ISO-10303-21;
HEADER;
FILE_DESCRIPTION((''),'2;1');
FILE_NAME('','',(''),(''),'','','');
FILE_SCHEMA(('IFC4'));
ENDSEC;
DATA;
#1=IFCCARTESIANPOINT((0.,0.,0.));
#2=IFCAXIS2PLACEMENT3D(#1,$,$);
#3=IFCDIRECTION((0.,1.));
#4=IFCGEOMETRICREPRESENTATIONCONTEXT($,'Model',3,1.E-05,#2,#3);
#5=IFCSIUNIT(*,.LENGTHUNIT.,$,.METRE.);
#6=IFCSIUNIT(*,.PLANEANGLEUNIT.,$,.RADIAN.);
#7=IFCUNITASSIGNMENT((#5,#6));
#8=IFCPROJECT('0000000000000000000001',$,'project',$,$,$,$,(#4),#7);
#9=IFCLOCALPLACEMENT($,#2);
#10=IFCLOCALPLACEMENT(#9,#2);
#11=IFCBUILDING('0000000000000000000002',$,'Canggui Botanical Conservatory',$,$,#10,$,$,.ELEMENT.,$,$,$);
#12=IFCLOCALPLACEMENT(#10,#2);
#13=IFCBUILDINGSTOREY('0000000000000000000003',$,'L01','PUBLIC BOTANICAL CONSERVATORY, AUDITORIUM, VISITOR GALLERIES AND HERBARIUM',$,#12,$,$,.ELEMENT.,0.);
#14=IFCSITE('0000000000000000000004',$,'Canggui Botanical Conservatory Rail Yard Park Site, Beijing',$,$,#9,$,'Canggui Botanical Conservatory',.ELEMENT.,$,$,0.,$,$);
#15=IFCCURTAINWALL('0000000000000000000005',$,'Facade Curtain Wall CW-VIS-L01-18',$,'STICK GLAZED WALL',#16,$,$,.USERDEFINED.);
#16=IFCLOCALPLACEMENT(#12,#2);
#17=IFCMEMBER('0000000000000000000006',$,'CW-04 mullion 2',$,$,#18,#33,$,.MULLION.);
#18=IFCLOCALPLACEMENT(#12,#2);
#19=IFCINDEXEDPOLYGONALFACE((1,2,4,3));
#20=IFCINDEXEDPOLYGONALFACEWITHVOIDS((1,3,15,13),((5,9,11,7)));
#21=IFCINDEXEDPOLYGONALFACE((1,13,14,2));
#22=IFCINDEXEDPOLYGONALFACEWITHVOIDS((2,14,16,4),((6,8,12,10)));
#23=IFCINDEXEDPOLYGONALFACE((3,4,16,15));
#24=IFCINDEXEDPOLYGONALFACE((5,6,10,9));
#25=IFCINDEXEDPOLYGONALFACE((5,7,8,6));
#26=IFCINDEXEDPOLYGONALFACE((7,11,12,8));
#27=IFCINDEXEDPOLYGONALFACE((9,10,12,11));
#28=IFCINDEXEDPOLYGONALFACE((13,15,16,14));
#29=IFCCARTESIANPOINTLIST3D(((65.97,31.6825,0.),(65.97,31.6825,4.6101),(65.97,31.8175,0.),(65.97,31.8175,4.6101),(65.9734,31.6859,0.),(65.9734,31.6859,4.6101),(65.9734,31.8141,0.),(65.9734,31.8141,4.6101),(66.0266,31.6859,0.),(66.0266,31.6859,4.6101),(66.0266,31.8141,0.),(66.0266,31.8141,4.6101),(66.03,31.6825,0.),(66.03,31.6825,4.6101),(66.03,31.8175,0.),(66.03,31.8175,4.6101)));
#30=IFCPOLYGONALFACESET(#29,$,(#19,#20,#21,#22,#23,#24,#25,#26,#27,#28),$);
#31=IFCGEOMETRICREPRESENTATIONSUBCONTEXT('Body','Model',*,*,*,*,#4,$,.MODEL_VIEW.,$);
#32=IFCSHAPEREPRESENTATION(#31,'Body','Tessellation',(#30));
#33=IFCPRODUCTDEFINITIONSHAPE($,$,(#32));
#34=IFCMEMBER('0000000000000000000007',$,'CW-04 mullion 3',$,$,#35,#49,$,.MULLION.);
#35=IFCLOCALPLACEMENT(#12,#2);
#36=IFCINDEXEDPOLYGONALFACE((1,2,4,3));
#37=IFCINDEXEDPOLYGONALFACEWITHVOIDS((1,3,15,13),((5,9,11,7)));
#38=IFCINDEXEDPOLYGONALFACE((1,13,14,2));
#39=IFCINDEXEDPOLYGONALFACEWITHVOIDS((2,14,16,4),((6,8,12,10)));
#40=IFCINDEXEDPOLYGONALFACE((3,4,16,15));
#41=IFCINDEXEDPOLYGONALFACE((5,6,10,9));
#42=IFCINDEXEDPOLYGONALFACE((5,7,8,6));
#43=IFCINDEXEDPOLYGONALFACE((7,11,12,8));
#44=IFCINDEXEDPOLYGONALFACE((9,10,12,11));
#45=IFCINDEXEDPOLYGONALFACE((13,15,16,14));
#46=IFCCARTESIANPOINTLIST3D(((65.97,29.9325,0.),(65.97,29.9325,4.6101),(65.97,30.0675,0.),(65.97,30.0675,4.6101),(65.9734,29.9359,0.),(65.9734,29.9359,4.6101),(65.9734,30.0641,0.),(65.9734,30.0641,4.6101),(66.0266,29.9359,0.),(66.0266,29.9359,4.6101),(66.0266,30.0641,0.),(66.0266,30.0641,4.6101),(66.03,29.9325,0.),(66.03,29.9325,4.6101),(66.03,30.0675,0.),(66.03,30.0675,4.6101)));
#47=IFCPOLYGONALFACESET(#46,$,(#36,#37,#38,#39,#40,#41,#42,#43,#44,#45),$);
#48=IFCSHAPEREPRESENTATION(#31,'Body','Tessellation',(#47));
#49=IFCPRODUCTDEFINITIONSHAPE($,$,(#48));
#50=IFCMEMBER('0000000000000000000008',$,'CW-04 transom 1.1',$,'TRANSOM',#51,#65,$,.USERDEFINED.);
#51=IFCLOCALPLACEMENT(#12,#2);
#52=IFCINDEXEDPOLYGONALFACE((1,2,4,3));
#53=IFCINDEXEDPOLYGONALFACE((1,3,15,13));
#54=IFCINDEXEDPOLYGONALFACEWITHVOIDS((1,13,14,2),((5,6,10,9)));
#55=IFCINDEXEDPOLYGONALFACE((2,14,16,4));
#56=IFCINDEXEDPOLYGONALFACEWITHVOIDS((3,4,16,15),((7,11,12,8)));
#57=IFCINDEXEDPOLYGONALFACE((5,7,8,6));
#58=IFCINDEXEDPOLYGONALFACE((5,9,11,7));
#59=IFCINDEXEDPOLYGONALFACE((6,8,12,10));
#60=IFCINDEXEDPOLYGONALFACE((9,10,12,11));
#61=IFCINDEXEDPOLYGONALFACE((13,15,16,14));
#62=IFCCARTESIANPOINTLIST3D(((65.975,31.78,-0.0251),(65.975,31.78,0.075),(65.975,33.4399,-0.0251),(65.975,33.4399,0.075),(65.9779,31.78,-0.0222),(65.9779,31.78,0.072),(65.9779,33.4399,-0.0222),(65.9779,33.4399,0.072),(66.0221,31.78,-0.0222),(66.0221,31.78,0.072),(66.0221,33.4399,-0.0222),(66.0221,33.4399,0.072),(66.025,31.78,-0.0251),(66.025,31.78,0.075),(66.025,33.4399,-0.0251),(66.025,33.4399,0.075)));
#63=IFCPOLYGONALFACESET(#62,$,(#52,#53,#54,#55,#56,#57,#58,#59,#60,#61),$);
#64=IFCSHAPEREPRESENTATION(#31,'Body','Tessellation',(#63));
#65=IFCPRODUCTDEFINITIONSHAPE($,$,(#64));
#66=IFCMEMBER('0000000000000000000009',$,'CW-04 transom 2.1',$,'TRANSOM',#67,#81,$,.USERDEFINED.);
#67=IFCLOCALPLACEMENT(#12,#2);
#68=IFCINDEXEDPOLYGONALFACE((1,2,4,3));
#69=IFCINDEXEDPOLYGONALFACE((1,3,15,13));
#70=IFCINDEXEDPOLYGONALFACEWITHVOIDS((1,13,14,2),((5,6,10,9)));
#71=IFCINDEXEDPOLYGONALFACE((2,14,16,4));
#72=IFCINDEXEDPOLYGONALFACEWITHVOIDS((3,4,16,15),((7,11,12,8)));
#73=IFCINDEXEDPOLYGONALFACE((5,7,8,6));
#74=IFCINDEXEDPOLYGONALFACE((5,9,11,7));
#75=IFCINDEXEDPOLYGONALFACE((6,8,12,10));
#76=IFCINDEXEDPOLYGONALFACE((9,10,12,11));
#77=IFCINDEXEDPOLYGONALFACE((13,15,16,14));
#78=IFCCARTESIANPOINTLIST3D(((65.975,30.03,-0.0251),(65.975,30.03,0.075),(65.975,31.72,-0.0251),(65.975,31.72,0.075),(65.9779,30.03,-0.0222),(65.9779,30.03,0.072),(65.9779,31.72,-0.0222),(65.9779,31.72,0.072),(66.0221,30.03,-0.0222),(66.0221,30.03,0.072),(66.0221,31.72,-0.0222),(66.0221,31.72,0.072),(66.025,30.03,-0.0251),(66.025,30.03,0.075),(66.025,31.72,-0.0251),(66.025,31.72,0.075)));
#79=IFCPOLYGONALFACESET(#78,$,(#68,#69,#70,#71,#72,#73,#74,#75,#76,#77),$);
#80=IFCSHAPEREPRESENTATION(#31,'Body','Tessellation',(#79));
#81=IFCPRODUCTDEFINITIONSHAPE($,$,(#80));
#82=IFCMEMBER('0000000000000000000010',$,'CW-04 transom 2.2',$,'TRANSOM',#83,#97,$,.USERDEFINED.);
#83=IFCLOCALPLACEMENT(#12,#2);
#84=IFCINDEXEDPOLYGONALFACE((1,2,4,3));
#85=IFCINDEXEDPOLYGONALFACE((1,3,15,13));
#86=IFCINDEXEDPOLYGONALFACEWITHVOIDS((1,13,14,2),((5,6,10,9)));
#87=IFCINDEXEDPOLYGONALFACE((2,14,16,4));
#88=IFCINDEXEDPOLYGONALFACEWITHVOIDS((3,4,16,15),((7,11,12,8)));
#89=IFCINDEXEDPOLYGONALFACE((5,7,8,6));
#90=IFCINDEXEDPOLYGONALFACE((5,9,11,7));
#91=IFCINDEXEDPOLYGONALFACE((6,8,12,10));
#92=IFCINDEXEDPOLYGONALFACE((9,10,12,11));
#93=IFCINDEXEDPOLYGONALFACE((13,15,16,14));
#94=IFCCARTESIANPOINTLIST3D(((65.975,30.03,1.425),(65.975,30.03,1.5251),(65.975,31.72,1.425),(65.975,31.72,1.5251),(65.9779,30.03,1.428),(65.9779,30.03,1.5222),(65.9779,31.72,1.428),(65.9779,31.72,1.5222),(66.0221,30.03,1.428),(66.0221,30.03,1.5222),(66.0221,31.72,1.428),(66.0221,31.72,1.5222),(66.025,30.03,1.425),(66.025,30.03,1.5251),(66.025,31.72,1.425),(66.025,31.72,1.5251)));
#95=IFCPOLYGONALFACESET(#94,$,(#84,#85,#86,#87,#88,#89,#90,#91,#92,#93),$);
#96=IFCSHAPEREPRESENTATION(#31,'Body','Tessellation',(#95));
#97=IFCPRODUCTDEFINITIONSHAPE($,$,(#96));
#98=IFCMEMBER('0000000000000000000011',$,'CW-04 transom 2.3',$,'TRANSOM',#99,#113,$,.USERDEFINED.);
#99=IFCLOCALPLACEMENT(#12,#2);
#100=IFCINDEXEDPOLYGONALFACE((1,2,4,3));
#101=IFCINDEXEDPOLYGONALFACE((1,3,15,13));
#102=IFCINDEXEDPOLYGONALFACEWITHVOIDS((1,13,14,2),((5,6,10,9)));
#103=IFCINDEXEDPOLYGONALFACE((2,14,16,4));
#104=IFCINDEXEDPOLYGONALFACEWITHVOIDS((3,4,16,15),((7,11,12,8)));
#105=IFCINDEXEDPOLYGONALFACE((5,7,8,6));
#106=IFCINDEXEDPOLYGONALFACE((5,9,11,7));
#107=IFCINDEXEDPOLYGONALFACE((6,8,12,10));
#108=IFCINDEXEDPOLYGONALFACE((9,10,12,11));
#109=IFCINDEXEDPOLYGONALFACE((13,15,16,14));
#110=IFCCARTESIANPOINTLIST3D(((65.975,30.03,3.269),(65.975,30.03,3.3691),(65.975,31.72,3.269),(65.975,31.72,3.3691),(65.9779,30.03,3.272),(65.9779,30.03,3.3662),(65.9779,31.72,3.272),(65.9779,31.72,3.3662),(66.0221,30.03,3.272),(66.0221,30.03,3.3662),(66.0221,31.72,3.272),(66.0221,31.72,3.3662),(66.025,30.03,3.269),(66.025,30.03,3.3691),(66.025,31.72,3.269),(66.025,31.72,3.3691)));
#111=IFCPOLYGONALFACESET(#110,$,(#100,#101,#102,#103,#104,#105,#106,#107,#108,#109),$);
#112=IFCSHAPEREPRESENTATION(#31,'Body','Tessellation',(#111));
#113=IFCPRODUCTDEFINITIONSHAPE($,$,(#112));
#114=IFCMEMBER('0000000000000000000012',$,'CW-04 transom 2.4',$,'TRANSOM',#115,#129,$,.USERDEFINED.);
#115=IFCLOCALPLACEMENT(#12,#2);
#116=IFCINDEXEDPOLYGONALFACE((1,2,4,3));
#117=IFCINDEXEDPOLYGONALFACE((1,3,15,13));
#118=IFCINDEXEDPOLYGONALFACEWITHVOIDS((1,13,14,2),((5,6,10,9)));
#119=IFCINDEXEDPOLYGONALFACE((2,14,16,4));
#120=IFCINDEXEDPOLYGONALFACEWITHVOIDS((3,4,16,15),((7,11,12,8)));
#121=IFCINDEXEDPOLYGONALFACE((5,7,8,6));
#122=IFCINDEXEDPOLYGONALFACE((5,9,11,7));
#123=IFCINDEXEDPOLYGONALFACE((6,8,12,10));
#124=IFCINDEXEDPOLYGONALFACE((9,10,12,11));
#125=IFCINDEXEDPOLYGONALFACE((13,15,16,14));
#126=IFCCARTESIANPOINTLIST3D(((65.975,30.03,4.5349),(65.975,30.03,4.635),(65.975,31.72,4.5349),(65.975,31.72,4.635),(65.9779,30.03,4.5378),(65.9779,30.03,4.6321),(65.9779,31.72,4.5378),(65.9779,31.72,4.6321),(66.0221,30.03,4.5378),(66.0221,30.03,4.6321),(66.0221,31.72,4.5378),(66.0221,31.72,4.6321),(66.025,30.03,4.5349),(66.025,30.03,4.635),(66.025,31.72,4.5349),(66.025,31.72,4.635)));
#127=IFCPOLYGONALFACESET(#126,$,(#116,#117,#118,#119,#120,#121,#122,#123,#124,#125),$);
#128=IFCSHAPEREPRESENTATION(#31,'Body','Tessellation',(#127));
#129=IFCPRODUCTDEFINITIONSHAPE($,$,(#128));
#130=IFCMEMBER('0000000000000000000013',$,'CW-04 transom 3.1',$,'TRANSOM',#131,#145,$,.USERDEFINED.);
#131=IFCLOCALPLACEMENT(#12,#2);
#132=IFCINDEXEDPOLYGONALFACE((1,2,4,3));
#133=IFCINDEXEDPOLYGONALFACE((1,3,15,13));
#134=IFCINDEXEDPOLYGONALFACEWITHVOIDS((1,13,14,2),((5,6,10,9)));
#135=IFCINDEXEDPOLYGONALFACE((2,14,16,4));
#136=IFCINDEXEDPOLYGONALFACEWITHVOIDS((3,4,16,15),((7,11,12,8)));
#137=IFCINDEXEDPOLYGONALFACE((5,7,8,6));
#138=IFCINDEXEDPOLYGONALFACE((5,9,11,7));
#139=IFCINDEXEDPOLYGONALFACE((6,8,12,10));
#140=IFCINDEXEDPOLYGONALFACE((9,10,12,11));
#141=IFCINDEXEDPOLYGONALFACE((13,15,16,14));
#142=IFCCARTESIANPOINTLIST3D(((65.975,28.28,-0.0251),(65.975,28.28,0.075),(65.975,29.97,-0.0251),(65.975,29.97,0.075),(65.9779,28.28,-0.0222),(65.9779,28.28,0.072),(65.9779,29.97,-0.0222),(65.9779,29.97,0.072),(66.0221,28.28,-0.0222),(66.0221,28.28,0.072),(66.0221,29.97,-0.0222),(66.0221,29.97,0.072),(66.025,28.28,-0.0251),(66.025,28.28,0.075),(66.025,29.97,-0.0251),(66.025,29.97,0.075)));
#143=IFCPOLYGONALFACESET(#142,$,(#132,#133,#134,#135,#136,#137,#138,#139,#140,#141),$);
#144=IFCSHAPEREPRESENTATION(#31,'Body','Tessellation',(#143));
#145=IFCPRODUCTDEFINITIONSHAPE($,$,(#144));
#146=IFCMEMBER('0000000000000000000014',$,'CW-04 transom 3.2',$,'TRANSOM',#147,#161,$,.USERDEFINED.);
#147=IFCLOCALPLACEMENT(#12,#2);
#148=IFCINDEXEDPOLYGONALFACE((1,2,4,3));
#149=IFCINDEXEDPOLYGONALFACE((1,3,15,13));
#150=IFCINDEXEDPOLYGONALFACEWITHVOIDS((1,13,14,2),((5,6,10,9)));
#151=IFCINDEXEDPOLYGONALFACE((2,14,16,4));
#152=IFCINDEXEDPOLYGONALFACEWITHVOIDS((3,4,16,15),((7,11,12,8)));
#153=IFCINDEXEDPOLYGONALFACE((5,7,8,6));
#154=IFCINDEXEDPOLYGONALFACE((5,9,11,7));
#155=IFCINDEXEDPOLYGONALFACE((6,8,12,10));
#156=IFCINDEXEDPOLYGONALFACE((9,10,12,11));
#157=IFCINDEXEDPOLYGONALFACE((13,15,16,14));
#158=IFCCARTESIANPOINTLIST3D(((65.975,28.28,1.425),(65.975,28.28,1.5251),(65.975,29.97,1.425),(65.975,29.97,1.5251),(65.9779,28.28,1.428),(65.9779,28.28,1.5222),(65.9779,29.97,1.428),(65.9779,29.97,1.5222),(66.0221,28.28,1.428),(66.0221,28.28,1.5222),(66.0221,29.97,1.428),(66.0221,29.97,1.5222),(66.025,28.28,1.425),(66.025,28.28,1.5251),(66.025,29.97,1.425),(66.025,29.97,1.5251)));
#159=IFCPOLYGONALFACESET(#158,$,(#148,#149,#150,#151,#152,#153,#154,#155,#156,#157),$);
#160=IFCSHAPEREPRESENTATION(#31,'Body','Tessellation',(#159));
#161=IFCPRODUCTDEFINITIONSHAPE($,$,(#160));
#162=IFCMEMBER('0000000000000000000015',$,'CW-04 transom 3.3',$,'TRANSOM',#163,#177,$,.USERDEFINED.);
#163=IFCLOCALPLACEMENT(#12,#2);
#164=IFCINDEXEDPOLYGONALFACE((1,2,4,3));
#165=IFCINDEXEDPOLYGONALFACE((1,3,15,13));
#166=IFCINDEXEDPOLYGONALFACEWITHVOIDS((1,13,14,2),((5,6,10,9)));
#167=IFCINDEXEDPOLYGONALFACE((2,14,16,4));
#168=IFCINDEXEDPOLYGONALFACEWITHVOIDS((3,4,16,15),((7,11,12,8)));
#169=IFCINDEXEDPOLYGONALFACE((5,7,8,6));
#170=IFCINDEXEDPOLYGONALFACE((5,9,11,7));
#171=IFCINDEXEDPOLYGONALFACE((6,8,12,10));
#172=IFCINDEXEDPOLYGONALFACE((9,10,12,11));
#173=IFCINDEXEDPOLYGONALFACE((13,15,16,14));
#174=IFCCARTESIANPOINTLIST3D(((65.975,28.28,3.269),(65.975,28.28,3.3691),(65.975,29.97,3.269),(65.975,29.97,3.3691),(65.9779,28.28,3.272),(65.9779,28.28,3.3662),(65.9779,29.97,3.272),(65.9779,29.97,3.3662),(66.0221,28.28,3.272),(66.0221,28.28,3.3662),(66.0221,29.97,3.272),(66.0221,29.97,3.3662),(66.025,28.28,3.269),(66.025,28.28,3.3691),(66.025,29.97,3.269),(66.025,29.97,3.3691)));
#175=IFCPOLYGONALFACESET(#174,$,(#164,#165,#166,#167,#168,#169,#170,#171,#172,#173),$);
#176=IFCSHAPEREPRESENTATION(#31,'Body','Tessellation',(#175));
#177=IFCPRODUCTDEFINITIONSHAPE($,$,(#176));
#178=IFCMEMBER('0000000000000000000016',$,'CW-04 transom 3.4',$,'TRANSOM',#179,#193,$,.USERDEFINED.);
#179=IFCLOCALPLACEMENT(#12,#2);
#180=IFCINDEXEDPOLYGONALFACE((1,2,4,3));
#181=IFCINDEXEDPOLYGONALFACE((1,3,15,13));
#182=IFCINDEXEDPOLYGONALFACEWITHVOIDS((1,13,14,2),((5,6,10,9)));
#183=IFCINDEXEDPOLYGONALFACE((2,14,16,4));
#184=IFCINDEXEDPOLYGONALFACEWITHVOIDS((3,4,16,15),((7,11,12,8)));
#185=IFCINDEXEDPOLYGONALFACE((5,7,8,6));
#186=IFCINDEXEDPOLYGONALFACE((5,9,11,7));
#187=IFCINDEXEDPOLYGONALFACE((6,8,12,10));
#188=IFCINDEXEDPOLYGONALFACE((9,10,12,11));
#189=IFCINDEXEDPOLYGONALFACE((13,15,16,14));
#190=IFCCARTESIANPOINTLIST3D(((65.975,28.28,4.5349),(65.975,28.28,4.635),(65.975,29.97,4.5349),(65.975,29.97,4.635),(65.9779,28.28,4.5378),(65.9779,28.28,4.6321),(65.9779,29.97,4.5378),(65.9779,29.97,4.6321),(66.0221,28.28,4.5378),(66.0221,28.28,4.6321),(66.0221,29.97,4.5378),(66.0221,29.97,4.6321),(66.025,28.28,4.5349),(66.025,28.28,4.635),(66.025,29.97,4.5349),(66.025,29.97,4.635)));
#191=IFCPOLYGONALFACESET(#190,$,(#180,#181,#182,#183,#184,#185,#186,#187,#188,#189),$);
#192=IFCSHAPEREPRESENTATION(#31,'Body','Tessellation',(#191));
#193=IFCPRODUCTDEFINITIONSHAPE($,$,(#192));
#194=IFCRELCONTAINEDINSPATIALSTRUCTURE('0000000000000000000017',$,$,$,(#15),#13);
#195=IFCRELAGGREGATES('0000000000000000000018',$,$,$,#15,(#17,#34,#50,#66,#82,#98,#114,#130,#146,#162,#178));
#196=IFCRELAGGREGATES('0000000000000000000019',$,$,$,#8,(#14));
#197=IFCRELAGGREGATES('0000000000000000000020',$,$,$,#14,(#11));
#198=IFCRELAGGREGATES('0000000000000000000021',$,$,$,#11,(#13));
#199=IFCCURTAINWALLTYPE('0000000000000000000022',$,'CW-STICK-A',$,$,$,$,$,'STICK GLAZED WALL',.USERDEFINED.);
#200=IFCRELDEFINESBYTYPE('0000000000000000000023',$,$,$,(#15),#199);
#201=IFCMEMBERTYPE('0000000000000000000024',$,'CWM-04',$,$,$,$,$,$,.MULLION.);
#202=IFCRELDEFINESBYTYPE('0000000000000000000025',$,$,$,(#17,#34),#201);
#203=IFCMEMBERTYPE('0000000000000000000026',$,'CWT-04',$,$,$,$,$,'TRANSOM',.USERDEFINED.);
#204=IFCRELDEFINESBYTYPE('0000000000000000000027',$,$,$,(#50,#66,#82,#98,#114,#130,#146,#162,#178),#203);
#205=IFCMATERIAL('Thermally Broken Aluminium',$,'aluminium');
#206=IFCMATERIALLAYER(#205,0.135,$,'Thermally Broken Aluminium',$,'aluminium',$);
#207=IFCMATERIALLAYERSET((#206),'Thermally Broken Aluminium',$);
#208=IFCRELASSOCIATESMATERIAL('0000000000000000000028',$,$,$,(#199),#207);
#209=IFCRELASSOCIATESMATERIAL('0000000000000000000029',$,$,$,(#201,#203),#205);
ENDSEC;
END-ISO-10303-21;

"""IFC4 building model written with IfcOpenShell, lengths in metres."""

from ifc_helpers import new_model, si_unit, direction, frame, origin, origin_2d, place, context, subcontext, project, spatial, hollow_rectangle, extrude, material, layer, layer_set, material_profile, profile_set, type_object, element, aggregate, save


model = new_model("IFC4")

# Units and contexts
model_context = context("Model", 3, precision=1e-05, world=origin(), true_north=direction((0.0, 1.0)))
body_context = subcontext(model_context, "Body", "Model", "MODEL_VIEW")
ifc_project = project(units=[si_unit("LENGTHUNIT", "METRE"), si_unit("PLANEANGLEUNIT", "RADIAN")], contexts=[model_context])

# Site, building, storey
site_placement = place(None, origin())
site = spatial("IfcSite", under=ifc_project, at=site_placement, Name="Canggui Botanical Conservatory Rail Yard Park Site, Beijing", LongName="Canggui Botanical Conservatory", CompositionType="ELEMENT", RefElevation=0.0)
building_placement = place(site_placement, origin())
building = spatial("IfcBuilding", under=site, at=building_placement, Name="Canggui Botanical Conservatory", CompositionType="ELEMENT")
storey_placement = place(building_placement, origin())
storey = spatial("IfcBuildingStorey", under=building, at=storey_placement, Name="L01", Description="PUBLIC BOTANICAL CONSERVATORY, AUDITORIUM, VISITOR GALLERIES AND HERBARIUM", CompositionType="ELEMENT", Elevation=0.0)

# Curtain wall, members
ifc_material_1 = material(Name="Thermally Broken Aluminium", Category="aluminium")
ifc_layer_1 = layer(ifc_material_1, 0.135, Name="Thermally Broken Aluminium", Category="aluminium")
ifc_layer_set_1 = layer_set([ifc_layer_1], Name="Thermally Broken Aluminium")
curtain_wall_type = type_object("IfcCurtainWallType", Name="CW-STICK-A", ElementType="STICK GLAZED WALL", PredefinedType="USERDEFINED", material=ifc_layer_set_1)
curtain_wall_placement = place(storey_placement, origin())
curtain_wall = element("IfcCurtainWall", 1, at=curtain_wall_placement, inside=storey, type_object=curtain_wall_type, Name="Facade Curtain Wall CW-VIS-L01-18", ObjectType="STICK GLAZED WALL", PredefinedType="USERDEFINED")
ifc_material_profile_1 = material_profile(ifc_material_1, hollow_rectangle(XDim=0.0601, YDim=0.135, WallThickness=0.0034, at=origin_2d()), Name="CWM 60x135x3.5")
ifc_profile_set_1 = profile_set([ifc_material_profile_1], Name="Thermally Broken Aluminium")
member_type_1 = type_object("IfcMemberType", Name="CWM-04", PredefinedType="MULLION", material=ifc_profile_set_1)
member_1_placement = place(storey_placement, frame((66.0, 31.75, 0.0), z_axis=(0.0, 0.0, 1.0), x_axis=(1.0, 0.0, 0.0)))
member_1 = element("IfcMember", 2, at=member_1_placement, type_object=member_type_1, Name="CW-04 mullion 2", PredefinedType="MULLION", context=body_context, shape_type="SweptSolid", body=[
    extrude(hollow_rectangle(XDim=0.0601, YDim=0.135, WallThickness=0.0034, at=origin_2d()), origin(), (0.0, 0.0, 1.0), 4.6101),
])
member_2_placement = place(storey_placement, frame((66.0, 30.0, 0.0), z_axis=(0.0, 0.0, 1.0), x_axis=(1.0, 0.0, 0.0)))
member_2 = element("IfcMember", 3, at=member_2_placement, type_object=member_type_1, Name="CW-04 mullion 3", PredefinedType="MULLION", context=body_context, shape_type="SweptSolid", body=[
    extrude(hollow_rectangle(XDim=0.0601, YDim=0.135, WallThickness=0.0034, at=origin_2d()), origin(), (0.0, 0.0, 1.0), 4.6101),
])
ifc_material_profile_2 = material_profile(ifc_material_1, hollow_rectangle(XDim=0.05, YDim=0.1001, WallThickness=0.0029, at=origin_2d()), Name="CWT 50x100x3")
ifc_profile_set_2 = profile_set([ifc_material_profile_2], Name="Thermally Broken Aluminium")
member_type_2 = type_object("IfcMemberType", Name="CWT-04", ElementType="TRANSOM", PredefinedType="USERDEFINED", material=ifc_profile_set_2)
member_3_placement = place(storey_placement, frame((66.0, 33.4399, 0.0249), z_axis=(0.0, -1.0, 0.0), x_axis=(1.0, 0.0, 0.0)))
member_3 = element("IfcMember", 4, at=member_3_placement, type_object=member_type_2, Name="CW-04 transom 1.1", ObjectType="TRANSOM", PredefinedType="USERDEFINED", context=body_context, shape_type="SweptSolid", body=[
    extrude(hollow_rectangle(XDim=0.05, YDim=0.1001, WallThickness=0.0029, at=origin_2d()), origin(), (0.0, 0.0, 1.0), 1.6599),
])
member_4_placement = place(storey_placement, frame((66.0, 31.72, 0.0249), z_axis=(0.0, -1.0, 0.0), x_axis=(1.0, 0.0, 0.0)))
member_4 = element("IfcMember", 5, at=member_4_placement, type_object=member_type_2, Name="CW-04 transom 2.1", ObjectType="TRANSOM", PredefinedType="USERDEFINED", context=body_context, shape_type="SweptSolid", body=[
    extrude(hollow_rectangle(XDim=0.05, YDim=0.1001, WallThickness=0.0029, at=origin_2d()), origin(), (0.0, 0.0, 1.0), 1.6899),
])
member_5_placement = place(storey_placement, frame((66.0, 31.72, 1.4751), z_axis=(0.0, -1.0, 0.0), x_axis=(1.0, 0.0, 0.0)))
member_5 = element("IfcMember", 6, at=member_5_placement, type_object=member_type_2, Name="CW-04 transom 2.2", ObjectType="TRANSOM", PredefinedType="USERDEFINED", context=body_context, shape_type="SweptSolid", body=[
    extrude(hollow_rectangle(XDim=0.05, YDim=0.1001, WallThickness=0.0029, at=origin_2d()), origin(), (0.0, 0.0, 1.0), 1.6899),
])
member_6_placement = place(storey_placement, frame((66.0, 31.72, 3.3191), z_axis=(0.0, -1.0, 0.0), x_axis=(1.0, 0.0, 0.0)))
member_6 = element("IfcMember", 7, at=member_6_placement, type_object=member_type_2, Name="CW-04 transom 2.3", ObjectType="TRANSOM", PredefinedType="USERDEFINED", context=body_context, shape_type="SweptSolid", body=[
    extrude(hollow_rectangle(XDim=0.05, YDim=0.1001, WallThickness=0.0029, at=origin_2d()), origin(), (0.0, 0.0, 1.0), 1.6899),
])
member_7_placement = place(storey_placement, frame((66.0, 31.72, 4.585), z_axis=(0.0, -1.0, 0.0), x_axis=(1.0, 0.0, 0.0)))
member_7 = element("IfcMember", 8, at=member_7_placement, type_object=member_type_2, Name="CW-04 transom 2.4", ObjectType="TRANSOM", PredefinedType="USERDEFINED", context=body_context, shape_type="SweptSolid", body=[
    extrude(hollow_rectangle(XDim=0.05, YDim=0.1001, WallThickness=0.0029, at=origin_2d()), origin(), (0.0, 0.0, 1.0), 1.6899),
])
member_8_placement = place(storey_placement, frame((66.0, 29.97, 0.0249), z_axis=(0.0, -1.0, 0.0), x_axis=(1.0, 0.0, 0.0)))
member_8 = element("IfcMember", 9, at=member_8_placement, type_object=member_type_2, Name="CW-04 transom 3.1", ObjectType="TRANSOM", PredefinedType="USERDEFINED", context=body_context, shape_type="SweptSolid", body=[
    extrude(hollow_rectangle(XDim=0.05, YDim=0.1001, WallThickness=0.0029, at=origin_2d()), origin(), (0.0, 0.0, 1.0), 1.6899),
])
member_9_placement = place(storey_placement, frame((66.0, 29.97, 1.4751), z_axis=(0.0, -1.0, 0.0), x_axis=(1.0, 0.0, 0.0)))
member_9 = element("IfcMember", 10, at=member_9_placement, type_object=member_type_2, Name="CW-04 transom 3.2", ObjectType="TRANSOM", PredefinedType="USERDEFINED", context=body_context, shape_type="SweptSolid", body=[
    extrude(hollow_rectangle(XDim=0.05, YDim=0.1001, WallThickness=0.0029, at=origin_2d()), origin(), (0.0, 0.0, 1.0), 1.6899),
])
member_10_placement = place(storey_placement, frame((66.0, 29.97, 3.3191), z_axis=(0.0, -1.0, 0.0), x_axis=(1.0, 0.0, 0.0)))
member_10 = element("IfcMember", 11, at=member_10_placement, type_object=member_type_2, Name="CW-04 transom 3.3", ObjectType="TRANSOM", PredefinedType="USERDEFINED", context=body_context, shape_type="SweptSolid", body=[
    extrude(hollow_rectangle(XDim=0.05, YDim=0.1001, WallThickness=0.0029, at=origin_2d()), origin(), (0.0, 0.0, 1.0), 1.6899),
])
member_11_placement = place(storey_placement, frame((66.0, 29.97, 4.585), z_axis=(0.0, -1.0, 0.0), x_axis=(1.0, 0.0, 0.0)))
member_11 = element("IfcMember", 12, at=member_11_placement, type_object=member_type_2, Name="CW-04 transom 3.4", ObjectType="TRANSOM", PredefinedType="USERDEFINED", context=body_context, shape_type="SweptSolid", body=[
    extrude(hollow_rectangle(XDim=0.05, YDim=0.1001, WallThickness=0.0029, at=origin_2d()), origin(), (0.0, 0.0, 1.0), 1.6899),
])
aggregate(curtain_wall, [member_1, member_2, member_3, member_4, member_5, member_6, member_7, member_8, member_9, member_10, member_11])

save(model, "model.ifc")
